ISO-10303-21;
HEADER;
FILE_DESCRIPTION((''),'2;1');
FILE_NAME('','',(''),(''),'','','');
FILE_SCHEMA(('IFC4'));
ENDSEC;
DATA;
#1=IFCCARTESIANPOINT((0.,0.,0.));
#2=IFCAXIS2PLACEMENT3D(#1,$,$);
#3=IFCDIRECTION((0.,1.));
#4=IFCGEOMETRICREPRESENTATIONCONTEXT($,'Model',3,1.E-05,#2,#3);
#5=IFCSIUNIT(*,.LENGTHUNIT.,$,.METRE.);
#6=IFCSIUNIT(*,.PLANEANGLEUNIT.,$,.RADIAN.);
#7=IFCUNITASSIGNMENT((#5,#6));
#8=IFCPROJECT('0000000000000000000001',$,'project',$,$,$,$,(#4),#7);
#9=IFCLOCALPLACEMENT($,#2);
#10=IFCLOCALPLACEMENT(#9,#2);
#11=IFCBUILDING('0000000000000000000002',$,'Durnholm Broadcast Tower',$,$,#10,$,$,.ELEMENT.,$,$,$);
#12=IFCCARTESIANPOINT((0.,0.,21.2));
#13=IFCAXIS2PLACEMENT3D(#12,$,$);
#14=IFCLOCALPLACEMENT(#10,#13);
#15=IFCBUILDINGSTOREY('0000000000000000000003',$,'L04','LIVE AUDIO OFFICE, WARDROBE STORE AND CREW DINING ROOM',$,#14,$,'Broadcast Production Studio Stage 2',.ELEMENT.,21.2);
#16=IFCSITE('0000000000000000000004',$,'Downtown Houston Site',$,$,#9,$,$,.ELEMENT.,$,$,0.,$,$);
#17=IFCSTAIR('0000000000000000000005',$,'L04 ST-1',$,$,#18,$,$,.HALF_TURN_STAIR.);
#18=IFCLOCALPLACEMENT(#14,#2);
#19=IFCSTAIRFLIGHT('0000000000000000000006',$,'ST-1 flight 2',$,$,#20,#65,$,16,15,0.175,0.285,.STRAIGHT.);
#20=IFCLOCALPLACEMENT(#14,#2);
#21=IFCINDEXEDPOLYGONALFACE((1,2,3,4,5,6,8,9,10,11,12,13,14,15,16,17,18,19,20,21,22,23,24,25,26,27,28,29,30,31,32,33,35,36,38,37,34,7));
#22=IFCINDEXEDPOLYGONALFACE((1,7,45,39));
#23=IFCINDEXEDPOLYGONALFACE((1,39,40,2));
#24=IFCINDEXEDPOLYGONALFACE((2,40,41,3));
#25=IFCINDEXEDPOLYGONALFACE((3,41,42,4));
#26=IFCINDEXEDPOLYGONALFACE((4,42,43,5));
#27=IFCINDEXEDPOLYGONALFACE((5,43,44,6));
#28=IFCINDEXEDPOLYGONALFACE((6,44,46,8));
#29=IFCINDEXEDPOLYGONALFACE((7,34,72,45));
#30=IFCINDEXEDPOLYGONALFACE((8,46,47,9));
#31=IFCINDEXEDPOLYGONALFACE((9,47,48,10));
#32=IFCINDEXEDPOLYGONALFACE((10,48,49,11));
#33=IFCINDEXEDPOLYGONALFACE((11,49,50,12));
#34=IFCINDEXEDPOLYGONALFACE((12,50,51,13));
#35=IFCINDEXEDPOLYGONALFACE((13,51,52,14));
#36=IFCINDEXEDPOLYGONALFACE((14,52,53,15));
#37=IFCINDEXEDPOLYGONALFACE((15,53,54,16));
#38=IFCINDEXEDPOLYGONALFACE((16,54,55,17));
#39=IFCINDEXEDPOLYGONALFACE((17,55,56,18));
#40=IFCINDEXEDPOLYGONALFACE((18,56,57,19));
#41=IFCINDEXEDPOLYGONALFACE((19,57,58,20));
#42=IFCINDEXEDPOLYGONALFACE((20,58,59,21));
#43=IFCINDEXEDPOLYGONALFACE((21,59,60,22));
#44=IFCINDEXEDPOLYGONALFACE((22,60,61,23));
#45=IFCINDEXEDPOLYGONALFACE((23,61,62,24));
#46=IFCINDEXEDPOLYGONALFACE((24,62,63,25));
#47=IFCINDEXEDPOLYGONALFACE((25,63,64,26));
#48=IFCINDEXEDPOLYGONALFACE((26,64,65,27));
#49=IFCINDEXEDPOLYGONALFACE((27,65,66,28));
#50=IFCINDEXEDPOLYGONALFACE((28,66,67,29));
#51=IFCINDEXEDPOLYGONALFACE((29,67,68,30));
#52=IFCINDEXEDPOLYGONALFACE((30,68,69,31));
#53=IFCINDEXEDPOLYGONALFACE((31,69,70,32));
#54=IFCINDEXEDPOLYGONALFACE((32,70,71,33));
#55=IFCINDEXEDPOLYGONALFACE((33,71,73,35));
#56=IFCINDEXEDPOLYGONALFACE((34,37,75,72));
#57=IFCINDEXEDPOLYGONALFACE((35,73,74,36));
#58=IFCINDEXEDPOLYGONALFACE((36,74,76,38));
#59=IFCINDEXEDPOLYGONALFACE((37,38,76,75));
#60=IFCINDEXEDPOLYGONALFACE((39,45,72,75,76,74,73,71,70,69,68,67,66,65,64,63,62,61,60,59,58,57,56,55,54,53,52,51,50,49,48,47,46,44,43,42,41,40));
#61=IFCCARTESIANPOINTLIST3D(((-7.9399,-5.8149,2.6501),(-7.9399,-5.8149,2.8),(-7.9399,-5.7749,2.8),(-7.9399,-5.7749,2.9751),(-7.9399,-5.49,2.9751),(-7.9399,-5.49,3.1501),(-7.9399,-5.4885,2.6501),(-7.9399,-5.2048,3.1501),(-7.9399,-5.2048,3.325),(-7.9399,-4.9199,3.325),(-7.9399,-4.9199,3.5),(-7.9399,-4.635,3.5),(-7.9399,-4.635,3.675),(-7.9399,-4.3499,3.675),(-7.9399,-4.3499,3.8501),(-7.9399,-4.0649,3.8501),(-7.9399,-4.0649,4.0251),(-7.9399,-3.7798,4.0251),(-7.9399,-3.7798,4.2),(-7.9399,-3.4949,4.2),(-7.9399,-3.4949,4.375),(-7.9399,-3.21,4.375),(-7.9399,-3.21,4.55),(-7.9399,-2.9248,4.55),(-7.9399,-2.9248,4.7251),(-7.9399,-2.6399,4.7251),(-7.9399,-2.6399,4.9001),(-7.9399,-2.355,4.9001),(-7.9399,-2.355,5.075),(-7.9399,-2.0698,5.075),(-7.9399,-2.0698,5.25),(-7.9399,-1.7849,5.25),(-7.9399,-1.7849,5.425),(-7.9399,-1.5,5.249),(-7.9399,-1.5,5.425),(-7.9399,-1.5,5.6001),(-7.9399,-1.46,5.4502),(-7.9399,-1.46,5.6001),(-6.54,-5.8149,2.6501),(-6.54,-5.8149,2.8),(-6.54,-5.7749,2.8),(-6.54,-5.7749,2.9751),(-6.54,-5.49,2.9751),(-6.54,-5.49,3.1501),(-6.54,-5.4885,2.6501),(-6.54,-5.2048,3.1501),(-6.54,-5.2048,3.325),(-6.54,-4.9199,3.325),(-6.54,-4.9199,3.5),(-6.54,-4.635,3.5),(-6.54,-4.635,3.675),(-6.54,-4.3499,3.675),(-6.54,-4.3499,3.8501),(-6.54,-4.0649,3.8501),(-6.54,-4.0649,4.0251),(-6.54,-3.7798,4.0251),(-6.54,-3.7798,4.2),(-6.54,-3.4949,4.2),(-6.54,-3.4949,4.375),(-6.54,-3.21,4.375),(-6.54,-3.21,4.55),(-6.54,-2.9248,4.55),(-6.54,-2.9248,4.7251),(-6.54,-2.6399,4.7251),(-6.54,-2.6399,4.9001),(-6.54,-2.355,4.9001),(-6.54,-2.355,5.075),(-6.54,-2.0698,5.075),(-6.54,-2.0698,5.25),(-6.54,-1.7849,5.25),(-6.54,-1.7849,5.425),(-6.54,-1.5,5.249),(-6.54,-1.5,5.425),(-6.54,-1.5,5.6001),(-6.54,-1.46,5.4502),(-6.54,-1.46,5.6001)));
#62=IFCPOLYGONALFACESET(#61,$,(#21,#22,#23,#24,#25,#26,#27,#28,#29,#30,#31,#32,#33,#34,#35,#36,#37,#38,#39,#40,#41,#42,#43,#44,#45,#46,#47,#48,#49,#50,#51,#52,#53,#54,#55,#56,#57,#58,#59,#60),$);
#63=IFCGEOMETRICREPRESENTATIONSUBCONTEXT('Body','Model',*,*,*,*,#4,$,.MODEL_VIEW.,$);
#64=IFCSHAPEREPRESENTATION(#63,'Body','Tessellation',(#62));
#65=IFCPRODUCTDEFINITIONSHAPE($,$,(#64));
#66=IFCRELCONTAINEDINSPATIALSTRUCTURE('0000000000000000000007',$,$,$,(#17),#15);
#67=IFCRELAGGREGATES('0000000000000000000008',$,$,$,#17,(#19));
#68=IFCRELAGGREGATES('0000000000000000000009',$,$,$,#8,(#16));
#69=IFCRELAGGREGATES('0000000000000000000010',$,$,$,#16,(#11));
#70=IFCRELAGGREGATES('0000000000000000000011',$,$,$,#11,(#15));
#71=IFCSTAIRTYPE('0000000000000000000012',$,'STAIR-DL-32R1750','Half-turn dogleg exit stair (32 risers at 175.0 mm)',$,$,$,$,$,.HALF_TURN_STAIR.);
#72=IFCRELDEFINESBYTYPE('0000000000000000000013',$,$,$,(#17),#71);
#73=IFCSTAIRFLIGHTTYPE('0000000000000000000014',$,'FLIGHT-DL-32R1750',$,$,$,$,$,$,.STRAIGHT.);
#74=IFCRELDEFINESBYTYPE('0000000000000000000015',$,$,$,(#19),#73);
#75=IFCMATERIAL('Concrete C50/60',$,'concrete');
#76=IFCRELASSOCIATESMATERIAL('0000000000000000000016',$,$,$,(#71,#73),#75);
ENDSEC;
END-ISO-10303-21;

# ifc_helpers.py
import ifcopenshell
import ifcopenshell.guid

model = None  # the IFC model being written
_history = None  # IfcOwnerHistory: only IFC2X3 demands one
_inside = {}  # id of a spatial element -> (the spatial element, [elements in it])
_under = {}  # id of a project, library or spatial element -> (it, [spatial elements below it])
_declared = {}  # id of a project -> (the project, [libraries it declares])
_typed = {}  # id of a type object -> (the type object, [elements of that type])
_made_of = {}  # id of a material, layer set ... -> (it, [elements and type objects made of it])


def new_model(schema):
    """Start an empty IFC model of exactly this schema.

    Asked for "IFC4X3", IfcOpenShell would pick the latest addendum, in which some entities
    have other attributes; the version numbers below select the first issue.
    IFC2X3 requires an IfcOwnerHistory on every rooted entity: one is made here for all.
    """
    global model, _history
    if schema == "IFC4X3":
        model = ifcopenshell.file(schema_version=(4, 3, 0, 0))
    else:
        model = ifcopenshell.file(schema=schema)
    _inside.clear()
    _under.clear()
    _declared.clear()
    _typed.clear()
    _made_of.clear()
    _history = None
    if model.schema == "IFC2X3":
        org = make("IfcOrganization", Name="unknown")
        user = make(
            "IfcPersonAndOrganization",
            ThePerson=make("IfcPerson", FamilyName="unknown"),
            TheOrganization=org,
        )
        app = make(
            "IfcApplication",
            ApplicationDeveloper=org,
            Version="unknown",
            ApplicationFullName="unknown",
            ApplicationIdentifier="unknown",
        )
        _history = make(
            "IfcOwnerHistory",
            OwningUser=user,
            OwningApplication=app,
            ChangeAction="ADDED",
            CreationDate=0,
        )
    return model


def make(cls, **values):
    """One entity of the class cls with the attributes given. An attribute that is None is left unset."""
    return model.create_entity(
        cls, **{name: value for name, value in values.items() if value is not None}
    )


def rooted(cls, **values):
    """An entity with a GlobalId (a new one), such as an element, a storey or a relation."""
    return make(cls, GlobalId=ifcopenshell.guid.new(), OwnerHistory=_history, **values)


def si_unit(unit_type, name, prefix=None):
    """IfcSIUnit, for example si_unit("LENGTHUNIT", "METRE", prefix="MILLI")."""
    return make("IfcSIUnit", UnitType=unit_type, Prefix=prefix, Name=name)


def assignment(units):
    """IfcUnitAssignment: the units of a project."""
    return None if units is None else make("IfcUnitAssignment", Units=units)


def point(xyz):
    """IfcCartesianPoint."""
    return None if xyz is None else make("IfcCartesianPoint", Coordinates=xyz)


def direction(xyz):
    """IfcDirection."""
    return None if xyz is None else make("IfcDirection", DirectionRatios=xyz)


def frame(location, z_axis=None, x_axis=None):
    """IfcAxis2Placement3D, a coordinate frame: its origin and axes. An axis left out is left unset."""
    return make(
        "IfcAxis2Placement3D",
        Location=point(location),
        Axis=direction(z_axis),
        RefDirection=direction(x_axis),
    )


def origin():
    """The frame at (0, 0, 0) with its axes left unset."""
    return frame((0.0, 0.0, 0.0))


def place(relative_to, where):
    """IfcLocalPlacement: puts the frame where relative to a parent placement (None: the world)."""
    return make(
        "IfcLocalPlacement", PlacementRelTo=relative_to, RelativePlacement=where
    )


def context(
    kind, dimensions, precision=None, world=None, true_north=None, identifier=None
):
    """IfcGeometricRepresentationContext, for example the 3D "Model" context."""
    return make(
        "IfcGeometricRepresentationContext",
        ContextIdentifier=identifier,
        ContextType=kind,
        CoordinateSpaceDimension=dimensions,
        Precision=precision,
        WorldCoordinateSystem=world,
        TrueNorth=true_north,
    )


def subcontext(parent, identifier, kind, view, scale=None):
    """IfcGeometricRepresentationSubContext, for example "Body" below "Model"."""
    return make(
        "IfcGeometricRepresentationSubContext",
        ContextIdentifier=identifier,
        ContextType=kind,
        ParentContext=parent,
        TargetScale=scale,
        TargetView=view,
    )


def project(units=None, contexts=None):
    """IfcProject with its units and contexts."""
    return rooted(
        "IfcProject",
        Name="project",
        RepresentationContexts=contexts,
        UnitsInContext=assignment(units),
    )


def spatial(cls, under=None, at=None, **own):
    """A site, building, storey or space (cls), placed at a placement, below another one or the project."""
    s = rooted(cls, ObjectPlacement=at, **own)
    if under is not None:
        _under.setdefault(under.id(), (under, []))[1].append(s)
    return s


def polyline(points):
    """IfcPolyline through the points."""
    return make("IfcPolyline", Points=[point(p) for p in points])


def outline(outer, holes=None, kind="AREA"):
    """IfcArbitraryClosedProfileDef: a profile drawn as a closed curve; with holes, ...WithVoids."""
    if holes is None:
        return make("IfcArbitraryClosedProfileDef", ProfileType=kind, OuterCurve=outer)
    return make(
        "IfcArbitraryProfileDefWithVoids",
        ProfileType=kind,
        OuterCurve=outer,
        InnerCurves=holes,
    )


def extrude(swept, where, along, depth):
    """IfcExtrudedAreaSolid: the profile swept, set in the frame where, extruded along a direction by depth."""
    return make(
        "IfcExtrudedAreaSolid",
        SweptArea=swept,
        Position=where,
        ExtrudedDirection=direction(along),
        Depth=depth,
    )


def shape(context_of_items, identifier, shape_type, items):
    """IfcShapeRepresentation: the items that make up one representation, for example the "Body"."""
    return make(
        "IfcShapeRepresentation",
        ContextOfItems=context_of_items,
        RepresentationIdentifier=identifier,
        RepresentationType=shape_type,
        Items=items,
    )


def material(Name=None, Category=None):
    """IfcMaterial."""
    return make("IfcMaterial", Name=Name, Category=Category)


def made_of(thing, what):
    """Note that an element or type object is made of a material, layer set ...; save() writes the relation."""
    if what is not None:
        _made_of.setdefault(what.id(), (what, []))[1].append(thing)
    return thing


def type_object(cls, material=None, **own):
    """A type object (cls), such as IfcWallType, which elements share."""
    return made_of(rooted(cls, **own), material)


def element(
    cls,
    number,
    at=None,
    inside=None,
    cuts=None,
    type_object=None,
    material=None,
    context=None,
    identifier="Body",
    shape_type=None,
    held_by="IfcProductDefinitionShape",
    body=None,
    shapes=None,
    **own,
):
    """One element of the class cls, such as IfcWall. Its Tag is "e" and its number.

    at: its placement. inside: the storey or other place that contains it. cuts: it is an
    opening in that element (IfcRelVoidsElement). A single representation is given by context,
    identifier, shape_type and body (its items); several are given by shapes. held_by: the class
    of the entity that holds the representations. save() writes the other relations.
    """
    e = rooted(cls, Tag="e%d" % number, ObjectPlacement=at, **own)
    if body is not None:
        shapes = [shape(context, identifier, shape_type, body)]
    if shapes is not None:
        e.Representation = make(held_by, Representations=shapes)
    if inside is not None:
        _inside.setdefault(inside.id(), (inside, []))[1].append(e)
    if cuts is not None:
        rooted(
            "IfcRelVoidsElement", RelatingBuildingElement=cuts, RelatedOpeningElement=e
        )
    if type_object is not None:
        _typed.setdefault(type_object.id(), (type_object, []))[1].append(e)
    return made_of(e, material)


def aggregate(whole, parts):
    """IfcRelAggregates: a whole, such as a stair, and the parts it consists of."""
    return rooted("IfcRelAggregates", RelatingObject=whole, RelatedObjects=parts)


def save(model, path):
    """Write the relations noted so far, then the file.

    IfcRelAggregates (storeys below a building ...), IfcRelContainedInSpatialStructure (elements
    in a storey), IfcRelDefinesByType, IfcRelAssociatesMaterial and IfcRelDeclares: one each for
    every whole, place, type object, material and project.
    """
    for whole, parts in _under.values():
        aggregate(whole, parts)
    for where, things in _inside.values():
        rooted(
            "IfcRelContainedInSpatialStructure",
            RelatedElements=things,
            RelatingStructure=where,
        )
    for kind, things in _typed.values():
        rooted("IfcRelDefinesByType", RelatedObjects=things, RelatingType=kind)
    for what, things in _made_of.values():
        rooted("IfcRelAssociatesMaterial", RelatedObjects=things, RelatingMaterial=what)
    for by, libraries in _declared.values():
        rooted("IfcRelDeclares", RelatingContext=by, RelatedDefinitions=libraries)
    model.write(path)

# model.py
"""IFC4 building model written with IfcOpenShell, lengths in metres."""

from ifc_helpers import new_model, si_unit, direction, frame, origin, place, context, subcontext, project, spatial, polyline, outline, extrude, material, type_object, element, aggregate, save


model = new_model("IFC4")

# Units and contexts
model_context = context("Model", 3, precision=1e-05, world=origin(), true_north=direction((0.0, 1.0)))
body_context = subcontext(model_context, "Body", "Model", "MODEL_VIEW")
ifc_project = project(units=[si_unit("LENGTHUNIT", "METRE"), si_unit("PLANEANGLEUNIT", "RADIAN")], contexts=[model_context])

# Site, building, storey
site_placement = place(None, origin())
site = spatial("IfcSite", under=ifc_project, at=site_placement, Name="Downtown Houston Site", CompositionType="ELEMENT", RefElevation=0.0)
building_placement = place(site_placement, origin())
building = spatial("IfcBuilding", under=site, at=building_placement, Name="Durnholm Broadcast Tower", CompositionType="ELEMENT")
storey_placement = place(building_placement, frame((0.0, 0.0, 21.2)))
storey = spatial("IfcBuildingStorey", under=building, at=storey_placement, Name="L04", Description="LIVE AUDIO OFFICE, WARDROBE STORE AND CREW DINING ROOM", LongName="Broadcast Production Studio Stage 2", CompositionType="ELEMENT", Elevation=21.2)

# Shared definitions
ifc_material_1 = material(Name="Concrete C50/60", Category="concrete")

# Stair, stair flight
stair_type = type_object("IfcStairType", Name="STAIR-DL-32R1750", Description="Half-turn dogleg exit stair (32 risers at 175.0 mm)", PredefinedType="HALF_TURN_STAIR", material=ifc_material_1)
stair_placement = place(storey_placement, origin())
stair = element("IfcStair", 1, at=stair_placement, inside=storey, type_object=stair_type, Name="L04 ST-1", PredefinedType="HALF_TURN_STAIR")
stair_flight_type = type_object("IfcStairFlightType", Name="FLIGHT-DL-32R1750", PredefinedType="STRAIGHT", material=ifc_material_1)
stair_flight_1_placement = place(storey_placement, frame((-7.24, -5.7749, 2.8), z_axis=(0.0, 0.0, 1.0), x_axis=(0.0, 1.0, 0.0)))
stair_flight_1 = element("IfcStairFlight", 2, at=stair_flight_1_placement, type_object=stair_flight_type, Name="ST-1 flight 2", NumberOfRisers=16, NumberOfTreads=15, PredefinedType="STRAIGHT", RiserHeight=0.175, TreadLength=0.285, context=body_context, shape_type="SweptSolid", body=[
    extrude(outline(polyline([(-0.04, -0.1499), (-0.04, 0.0), (0.0, 0.0), (0.0, 0.175), (0.2849, 0.175), (0.2849, 0.3501), (0.5701, 0.3501), (0.5701, 0.5249), (0.855, 0.5249), (0.855, 0.7), (1.1399, 0.7), (1.1399, 0.875), (1.425, 0.875), (1.425, 1.05), (1.71, 1.05), (1.71, 1.2251), (1.9951, 1.2251), (1.9951, 1.3999), (2.28, 1.3999), (2.28, 1.575), (2.5649, 1.575), (2.5649, 1.75), (2.8501, 1.75), (2.8501, 1.925), (3.135, 1.925), (3.135, 2.1001), (3.4199, 2.1001), (3.4199, 2.2749), (3.7051, 2.2749), (3.7051, 2.45), (3.99, 2.45), (3.99, 2.625), (4.2749, 2.625), (4.2749, 2.8), (4.3149, 2.8), (4.3149, 2.6501), (4.2749, 2.449), (0.2864, -0.1499), (-0.04, -0.1499)])), frame((0.0, 0.7, 0.0), z_axis=(0.0, -1.0, 0.0), x_axis=(1.0, 0.0, 0.0)), (0.0, 0.0, 1.0), 1.3999),
])
aggregate(stair, [stair_flight_1])

save(model, "model.ifc")
